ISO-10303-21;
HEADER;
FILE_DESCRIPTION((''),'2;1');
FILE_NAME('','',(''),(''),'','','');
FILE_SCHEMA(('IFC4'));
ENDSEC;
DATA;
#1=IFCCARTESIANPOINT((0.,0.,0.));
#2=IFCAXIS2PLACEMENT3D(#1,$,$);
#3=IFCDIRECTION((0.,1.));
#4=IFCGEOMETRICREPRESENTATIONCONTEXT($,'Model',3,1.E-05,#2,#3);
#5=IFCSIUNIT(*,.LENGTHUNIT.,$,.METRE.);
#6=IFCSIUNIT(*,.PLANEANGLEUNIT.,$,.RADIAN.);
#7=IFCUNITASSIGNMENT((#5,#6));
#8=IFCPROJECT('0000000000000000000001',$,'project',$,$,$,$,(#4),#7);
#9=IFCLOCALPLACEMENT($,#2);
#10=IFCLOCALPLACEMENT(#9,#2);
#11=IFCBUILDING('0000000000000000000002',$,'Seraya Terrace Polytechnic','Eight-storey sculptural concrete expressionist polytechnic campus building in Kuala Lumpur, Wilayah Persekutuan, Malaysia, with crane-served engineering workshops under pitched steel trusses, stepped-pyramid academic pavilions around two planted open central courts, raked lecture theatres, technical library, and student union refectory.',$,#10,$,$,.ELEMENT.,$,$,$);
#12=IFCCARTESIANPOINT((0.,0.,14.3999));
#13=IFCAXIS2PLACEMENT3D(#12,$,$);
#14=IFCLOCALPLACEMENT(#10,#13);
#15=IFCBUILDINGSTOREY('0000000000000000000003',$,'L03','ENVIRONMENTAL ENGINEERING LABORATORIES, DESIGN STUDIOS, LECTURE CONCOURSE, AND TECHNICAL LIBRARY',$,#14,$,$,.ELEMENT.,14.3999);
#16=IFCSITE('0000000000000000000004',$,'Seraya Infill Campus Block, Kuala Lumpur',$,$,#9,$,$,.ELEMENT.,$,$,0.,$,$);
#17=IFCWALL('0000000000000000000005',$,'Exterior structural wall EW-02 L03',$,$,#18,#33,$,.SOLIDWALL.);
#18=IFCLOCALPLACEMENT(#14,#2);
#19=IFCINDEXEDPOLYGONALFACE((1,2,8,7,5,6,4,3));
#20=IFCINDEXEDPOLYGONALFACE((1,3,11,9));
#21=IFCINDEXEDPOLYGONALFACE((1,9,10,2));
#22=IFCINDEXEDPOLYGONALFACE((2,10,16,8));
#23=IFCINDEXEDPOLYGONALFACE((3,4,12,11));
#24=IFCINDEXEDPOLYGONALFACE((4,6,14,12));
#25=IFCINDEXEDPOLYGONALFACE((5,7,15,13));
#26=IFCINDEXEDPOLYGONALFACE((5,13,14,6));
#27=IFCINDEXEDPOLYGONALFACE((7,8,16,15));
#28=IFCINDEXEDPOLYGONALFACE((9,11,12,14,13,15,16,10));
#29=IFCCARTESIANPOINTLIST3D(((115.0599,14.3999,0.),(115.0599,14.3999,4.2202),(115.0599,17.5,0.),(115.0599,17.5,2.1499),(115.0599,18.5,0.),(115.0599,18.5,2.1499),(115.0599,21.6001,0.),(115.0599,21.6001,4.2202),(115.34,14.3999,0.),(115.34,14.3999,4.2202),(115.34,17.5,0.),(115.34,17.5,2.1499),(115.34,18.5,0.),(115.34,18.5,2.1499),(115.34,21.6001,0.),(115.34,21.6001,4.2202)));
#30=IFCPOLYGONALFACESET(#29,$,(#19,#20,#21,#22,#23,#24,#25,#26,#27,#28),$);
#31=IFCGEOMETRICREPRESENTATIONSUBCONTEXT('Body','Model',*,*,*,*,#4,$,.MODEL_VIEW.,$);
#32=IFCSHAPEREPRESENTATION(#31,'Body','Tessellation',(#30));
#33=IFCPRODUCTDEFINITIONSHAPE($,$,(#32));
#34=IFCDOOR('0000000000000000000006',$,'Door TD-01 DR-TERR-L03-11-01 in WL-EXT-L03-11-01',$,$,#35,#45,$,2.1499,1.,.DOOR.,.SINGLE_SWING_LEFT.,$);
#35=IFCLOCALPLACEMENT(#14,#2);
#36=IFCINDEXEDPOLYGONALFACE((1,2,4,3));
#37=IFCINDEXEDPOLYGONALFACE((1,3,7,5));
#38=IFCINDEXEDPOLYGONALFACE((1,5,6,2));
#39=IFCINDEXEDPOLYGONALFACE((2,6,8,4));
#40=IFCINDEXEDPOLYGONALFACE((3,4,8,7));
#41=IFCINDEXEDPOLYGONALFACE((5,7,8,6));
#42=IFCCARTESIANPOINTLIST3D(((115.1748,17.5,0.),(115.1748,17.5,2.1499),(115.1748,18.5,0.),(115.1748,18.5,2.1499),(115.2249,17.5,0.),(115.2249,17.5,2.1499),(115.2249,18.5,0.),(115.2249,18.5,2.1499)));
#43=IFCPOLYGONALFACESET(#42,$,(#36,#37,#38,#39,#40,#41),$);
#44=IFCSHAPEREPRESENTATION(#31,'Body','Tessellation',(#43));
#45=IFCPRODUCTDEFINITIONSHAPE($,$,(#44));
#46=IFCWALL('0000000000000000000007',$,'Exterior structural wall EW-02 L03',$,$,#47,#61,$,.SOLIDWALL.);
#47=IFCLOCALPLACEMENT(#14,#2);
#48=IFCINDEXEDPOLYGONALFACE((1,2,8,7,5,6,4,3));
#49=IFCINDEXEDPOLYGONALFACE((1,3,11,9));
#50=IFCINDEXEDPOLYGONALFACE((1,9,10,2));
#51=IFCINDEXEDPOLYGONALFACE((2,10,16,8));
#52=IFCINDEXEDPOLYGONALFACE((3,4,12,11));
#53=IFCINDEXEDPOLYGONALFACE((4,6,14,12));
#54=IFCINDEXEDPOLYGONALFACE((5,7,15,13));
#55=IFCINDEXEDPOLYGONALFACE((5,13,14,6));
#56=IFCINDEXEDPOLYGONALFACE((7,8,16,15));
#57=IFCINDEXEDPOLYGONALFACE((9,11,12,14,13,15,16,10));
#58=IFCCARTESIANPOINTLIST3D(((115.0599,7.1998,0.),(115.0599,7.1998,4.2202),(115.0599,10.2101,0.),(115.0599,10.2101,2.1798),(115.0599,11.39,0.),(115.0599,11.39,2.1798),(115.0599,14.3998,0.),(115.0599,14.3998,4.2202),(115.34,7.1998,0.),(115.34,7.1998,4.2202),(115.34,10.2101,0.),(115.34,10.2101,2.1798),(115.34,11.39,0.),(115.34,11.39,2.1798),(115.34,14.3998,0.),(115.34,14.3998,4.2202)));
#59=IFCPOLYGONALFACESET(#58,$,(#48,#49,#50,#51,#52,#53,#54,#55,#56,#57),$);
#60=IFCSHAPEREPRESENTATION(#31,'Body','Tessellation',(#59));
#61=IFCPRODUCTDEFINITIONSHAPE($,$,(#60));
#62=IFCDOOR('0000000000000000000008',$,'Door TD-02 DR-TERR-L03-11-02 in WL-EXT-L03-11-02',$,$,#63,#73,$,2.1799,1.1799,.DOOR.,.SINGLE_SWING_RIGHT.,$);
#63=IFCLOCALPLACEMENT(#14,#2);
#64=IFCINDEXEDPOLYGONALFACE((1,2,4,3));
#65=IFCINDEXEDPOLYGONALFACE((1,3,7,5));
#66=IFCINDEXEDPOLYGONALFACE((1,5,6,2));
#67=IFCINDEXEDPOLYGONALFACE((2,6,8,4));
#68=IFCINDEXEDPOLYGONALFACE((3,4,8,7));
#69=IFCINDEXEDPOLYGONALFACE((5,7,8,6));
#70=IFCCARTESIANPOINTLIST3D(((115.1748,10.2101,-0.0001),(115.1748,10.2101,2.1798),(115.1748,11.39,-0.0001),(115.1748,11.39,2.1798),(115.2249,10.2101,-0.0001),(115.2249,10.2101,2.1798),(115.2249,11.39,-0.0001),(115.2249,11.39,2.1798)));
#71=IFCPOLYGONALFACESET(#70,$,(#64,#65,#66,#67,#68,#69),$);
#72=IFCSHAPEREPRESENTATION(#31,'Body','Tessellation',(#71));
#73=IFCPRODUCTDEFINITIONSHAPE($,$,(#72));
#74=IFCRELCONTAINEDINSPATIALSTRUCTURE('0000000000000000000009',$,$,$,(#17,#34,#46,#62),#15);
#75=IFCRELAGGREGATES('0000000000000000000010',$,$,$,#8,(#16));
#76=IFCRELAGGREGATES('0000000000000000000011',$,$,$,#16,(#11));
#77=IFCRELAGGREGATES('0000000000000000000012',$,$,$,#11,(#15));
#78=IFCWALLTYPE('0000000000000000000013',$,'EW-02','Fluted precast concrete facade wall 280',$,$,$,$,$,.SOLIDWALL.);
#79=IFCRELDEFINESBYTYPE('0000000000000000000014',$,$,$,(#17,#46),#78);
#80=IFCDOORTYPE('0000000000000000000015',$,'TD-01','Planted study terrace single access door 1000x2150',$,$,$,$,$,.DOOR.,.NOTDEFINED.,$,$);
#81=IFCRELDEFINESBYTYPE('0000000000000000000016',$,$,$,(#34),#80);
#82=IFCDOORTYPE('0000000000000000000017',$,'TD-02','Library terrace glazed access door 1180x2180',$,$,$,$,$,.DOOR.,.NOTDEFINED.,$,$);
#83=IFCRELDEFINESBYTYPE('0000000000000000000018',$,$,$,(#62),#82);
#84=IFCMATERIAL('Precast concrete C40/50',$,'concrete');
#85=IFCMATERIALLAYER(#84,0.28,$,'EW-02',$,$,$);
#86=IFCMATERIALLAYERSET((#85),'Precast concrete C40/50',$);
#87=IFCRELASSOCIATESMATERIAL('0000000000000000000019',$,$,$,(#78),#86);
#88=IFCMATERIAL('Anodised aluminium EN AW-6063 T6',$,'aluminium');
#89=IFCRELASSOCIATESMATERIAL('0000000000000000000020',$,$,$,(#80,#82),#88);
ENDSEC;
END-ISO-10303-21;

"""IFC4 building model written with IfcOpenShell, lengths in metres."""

from ifc_helpers import new_model, si_unit, direction, frame, frame_2d, origin, place, context, subcontext, project, spatial, rectangle, extrude, material, layer, layer_set, type_object, element, fill, save


model = new_model("IFC4")

# Units and contexts
model_context = context("Model", 3, precision=1e-05, world=origin(), true_north=direction((0.0, 1.0)))
body_context = subcontext(model_context, "Body", "Model", "MODEL_VIEW")
ifc_project = project(units=[si_unit("LENGTHUNIT", "METRE"), si_unit("PLANEANGLEUNIT", "RADIAN")], contexts=[model_context])

# Site, building, storey
site_placement = place(None, origin())
site = spatial("IfcSite", under=ifc_project, at=site_placement, Name="Seraya Infill Campus Block, Kuala Lumpur", CompositionType="ELEMENT", RefElevation=0.0)
building_placement = place(site_placement, origin())
building = spatial("IfcBuilding", under=site, at=building_placement, Name="Seraya Terrace Polytechnic", Description="Eight-storey sculptural concrete expressionist polytechnic campus building in Kuala Lumpur, Wilayah Persekutuan, Malaysia, with crane-served engineering workshops under pitched steel trusses, stepped-pyramid academic pavilions around two planted open central courts, raked lecture theatres, technical library, and student union refectory.", CompositionType="ELEMENT")
storey_placement = place(building_placement, frame((0.0, 0.0, 14.3999)))
storey = spatial("IfcBuildingStorey", under=building, at=storey_placement, Name="L03", Description="ENVIRONMENTAL ENGINEERING LABORATORIES, DESIGN STUDIOS, LECTURE CONCOURSE, AND TECHNICAL LIBRARY", CompositionType="ELEMENT", Elevation=14.3999)

# Walls, openings, doors
ifc_material_1 = material(Name="Precast concrete C40/50", Category="concrete")
ifc_layer_1 = layer(ifc_material_1, 0.28, Name="EW-02")
ifc_layer_set_1 = layer_set([ifc_layer_1], Name="Precast concrete C40/50")
wall_type = type_object("IfcWallType", Name="EW-02", Description="Fluted precast concrete facade wall 280", PredefinedType="SOLIDWALL", material=ifc_layer_set_1)
wall_1_placement = place(storey_placement, frame((115.2, 21.6001, 0.0), z_axis=(0.0, 0.0, 1.0), x_axis=(0.0, -1.0, 0.0)))
wall_1 = element("IfcWall", 1, at=wall_1_placement, inside=storey, type_object=wall_type, Name="Exterior structural wall EW-02 L03", PredefinedType="SOLIDWALL", context=body_context, shape_type="SweptSolid", body=[
    extrude(rectangle(XDim=7.2002, YDim=0.28, at=frame_2d((3.6001, 0.0))), origin(), (0.0, 0.0, 1.0), 4.2202),
])
opening_1_placement = place(wall_1_placement, frame((3.1001, 0.0, 0.0)))
opening_1 = element("IfcOpeningElement", 2, at=opening_1_placement, cuts=wall_1, PredefinedType="OPENING", context=body_context, shape_type="SweptSolid", body=[
    extrude(rectangle(XDim=1.0, YDim=2.1499, at=frame_2d((0.5, 1.075))), frame((0.0, 0.1519, 0.0), z_axis=(0.0, -1.0, 0.0), x_axis=(1.0, 0.0, 0.0)), (0.0, 0.0, 1.0), 0.304),
])
ifc_material_2 = material(Name="Anodised aluminium EN AW-6063 T6", Category="aluminium")
door_type_1 = type_object("IfcDoorType", Name="TD-01", Description="Planted study terrace single access door 1000x2150", OperationType="NOTDEFINED", PredefinedType="DOOR", material=ifc_material_2)
door_1_placement = place(opening_1_placement, origin())
door_1 = element("IfcDoor", 3, at=door_1_placement, inside=storey, type_object=door_type_1, Name="Door TD-01 DR-TERR-L03-11-01 in WL-EXT-L03-11-01", OperationType="SINGLE_SWING_LEFT", OverallHeight=2.1499, OverallWidth=1.0, PredefinedType="DOOR", context=body_context, shape_type="SweptSolid", body=[
    extrude(rectangle(XDim=1.0, YDim=2.1499, at=frame_2d((0.5, 1.075))), frame((0.0, 0.0249, 0.0), z_axis=(0.0, -1.0, 0.0), x_axis=(1.0, 0.0, 0.0)), (0.0, 0.0, 1.0), 0.05),
])
fill(opening_1, door_1)
wall_2_placement = place(storey_placement, frame((115.2, 14.3999, 0.0), z_axis=(0.0, 0.0, 1.0), x_axis=(0.0, -1.0, 0.0)))
wall_2 = element("IfcWall", 4, at=wall_2_placement, inside=storey, type_object=wall_type, Name="Exterior structural wall EW-02 L03", PredefinedType="SOLIDWALL", context=body_context, shape_type="SweptSolid", body=[
    extrude(rectangle(XDim=7.2, YDim=0.28, at=frame_2d((3.6001, 0.0))), origin(), (0.0, 0.0, 1.0), 4.2202),
])
opening_2_placement = place(wall_2_placement, frame((3.01, 0.0, 0.0)))
opening_2 = element("IfcOpeningElement", 5, at=opening_2_placement, cuts=wall_2, PredefinedType="OPENING", context=body_context, shape_type="SweptSolid", body=[
    extrude(rectangle(XDim=1.1799, YDim=2.1799, at=frame_2d((0.5898, 1.0898))), frame((0.0, 0.1519, 0.0), z_axis=(0.0, -1.0, 0.0), x_axis=(1.0, 0.0, 0.0)), (0.0, 0.0, 1.0), 0.304),
])
door_type_2 = type_object("IfcDoorType", Name="TD-02", Description="Library terrace glazed access door 1180x2180", OperationType="NOTDEFINED", PredefinedType="DOOR", material=ifc_material_2)
door_2_placement = place(opening_2_placement, origin())
door_2 = element("IfcDoor", 6, at=door_2_placement, inside=storey, type_object=door_type_2, Name="Door TD-02 DR-TERR-L03-11-02 in WL-EXT-L03-11-02", OperationType="SINGLE_SWING_RIGHT", OverallHeight=2.1799, OverallWidth=1.1799, PredefinedType="DOOR", context=body_context, shape_type="SweptSolid", body=[
    extrude(rectangle(XDim=1.1799, YDim=2.1799, at=frame_2d((0.5898, 1.0898))), frame((0.0, 0.0249, 0.0), z_axis=(0.0, -1.0, 0.0), x_axis=(1.0, 0.0, 0.0)), (0.0, 0.0, 1.0), 0.05),
])
fill(opening_2, door_2)

save(model, "model.ifc")
